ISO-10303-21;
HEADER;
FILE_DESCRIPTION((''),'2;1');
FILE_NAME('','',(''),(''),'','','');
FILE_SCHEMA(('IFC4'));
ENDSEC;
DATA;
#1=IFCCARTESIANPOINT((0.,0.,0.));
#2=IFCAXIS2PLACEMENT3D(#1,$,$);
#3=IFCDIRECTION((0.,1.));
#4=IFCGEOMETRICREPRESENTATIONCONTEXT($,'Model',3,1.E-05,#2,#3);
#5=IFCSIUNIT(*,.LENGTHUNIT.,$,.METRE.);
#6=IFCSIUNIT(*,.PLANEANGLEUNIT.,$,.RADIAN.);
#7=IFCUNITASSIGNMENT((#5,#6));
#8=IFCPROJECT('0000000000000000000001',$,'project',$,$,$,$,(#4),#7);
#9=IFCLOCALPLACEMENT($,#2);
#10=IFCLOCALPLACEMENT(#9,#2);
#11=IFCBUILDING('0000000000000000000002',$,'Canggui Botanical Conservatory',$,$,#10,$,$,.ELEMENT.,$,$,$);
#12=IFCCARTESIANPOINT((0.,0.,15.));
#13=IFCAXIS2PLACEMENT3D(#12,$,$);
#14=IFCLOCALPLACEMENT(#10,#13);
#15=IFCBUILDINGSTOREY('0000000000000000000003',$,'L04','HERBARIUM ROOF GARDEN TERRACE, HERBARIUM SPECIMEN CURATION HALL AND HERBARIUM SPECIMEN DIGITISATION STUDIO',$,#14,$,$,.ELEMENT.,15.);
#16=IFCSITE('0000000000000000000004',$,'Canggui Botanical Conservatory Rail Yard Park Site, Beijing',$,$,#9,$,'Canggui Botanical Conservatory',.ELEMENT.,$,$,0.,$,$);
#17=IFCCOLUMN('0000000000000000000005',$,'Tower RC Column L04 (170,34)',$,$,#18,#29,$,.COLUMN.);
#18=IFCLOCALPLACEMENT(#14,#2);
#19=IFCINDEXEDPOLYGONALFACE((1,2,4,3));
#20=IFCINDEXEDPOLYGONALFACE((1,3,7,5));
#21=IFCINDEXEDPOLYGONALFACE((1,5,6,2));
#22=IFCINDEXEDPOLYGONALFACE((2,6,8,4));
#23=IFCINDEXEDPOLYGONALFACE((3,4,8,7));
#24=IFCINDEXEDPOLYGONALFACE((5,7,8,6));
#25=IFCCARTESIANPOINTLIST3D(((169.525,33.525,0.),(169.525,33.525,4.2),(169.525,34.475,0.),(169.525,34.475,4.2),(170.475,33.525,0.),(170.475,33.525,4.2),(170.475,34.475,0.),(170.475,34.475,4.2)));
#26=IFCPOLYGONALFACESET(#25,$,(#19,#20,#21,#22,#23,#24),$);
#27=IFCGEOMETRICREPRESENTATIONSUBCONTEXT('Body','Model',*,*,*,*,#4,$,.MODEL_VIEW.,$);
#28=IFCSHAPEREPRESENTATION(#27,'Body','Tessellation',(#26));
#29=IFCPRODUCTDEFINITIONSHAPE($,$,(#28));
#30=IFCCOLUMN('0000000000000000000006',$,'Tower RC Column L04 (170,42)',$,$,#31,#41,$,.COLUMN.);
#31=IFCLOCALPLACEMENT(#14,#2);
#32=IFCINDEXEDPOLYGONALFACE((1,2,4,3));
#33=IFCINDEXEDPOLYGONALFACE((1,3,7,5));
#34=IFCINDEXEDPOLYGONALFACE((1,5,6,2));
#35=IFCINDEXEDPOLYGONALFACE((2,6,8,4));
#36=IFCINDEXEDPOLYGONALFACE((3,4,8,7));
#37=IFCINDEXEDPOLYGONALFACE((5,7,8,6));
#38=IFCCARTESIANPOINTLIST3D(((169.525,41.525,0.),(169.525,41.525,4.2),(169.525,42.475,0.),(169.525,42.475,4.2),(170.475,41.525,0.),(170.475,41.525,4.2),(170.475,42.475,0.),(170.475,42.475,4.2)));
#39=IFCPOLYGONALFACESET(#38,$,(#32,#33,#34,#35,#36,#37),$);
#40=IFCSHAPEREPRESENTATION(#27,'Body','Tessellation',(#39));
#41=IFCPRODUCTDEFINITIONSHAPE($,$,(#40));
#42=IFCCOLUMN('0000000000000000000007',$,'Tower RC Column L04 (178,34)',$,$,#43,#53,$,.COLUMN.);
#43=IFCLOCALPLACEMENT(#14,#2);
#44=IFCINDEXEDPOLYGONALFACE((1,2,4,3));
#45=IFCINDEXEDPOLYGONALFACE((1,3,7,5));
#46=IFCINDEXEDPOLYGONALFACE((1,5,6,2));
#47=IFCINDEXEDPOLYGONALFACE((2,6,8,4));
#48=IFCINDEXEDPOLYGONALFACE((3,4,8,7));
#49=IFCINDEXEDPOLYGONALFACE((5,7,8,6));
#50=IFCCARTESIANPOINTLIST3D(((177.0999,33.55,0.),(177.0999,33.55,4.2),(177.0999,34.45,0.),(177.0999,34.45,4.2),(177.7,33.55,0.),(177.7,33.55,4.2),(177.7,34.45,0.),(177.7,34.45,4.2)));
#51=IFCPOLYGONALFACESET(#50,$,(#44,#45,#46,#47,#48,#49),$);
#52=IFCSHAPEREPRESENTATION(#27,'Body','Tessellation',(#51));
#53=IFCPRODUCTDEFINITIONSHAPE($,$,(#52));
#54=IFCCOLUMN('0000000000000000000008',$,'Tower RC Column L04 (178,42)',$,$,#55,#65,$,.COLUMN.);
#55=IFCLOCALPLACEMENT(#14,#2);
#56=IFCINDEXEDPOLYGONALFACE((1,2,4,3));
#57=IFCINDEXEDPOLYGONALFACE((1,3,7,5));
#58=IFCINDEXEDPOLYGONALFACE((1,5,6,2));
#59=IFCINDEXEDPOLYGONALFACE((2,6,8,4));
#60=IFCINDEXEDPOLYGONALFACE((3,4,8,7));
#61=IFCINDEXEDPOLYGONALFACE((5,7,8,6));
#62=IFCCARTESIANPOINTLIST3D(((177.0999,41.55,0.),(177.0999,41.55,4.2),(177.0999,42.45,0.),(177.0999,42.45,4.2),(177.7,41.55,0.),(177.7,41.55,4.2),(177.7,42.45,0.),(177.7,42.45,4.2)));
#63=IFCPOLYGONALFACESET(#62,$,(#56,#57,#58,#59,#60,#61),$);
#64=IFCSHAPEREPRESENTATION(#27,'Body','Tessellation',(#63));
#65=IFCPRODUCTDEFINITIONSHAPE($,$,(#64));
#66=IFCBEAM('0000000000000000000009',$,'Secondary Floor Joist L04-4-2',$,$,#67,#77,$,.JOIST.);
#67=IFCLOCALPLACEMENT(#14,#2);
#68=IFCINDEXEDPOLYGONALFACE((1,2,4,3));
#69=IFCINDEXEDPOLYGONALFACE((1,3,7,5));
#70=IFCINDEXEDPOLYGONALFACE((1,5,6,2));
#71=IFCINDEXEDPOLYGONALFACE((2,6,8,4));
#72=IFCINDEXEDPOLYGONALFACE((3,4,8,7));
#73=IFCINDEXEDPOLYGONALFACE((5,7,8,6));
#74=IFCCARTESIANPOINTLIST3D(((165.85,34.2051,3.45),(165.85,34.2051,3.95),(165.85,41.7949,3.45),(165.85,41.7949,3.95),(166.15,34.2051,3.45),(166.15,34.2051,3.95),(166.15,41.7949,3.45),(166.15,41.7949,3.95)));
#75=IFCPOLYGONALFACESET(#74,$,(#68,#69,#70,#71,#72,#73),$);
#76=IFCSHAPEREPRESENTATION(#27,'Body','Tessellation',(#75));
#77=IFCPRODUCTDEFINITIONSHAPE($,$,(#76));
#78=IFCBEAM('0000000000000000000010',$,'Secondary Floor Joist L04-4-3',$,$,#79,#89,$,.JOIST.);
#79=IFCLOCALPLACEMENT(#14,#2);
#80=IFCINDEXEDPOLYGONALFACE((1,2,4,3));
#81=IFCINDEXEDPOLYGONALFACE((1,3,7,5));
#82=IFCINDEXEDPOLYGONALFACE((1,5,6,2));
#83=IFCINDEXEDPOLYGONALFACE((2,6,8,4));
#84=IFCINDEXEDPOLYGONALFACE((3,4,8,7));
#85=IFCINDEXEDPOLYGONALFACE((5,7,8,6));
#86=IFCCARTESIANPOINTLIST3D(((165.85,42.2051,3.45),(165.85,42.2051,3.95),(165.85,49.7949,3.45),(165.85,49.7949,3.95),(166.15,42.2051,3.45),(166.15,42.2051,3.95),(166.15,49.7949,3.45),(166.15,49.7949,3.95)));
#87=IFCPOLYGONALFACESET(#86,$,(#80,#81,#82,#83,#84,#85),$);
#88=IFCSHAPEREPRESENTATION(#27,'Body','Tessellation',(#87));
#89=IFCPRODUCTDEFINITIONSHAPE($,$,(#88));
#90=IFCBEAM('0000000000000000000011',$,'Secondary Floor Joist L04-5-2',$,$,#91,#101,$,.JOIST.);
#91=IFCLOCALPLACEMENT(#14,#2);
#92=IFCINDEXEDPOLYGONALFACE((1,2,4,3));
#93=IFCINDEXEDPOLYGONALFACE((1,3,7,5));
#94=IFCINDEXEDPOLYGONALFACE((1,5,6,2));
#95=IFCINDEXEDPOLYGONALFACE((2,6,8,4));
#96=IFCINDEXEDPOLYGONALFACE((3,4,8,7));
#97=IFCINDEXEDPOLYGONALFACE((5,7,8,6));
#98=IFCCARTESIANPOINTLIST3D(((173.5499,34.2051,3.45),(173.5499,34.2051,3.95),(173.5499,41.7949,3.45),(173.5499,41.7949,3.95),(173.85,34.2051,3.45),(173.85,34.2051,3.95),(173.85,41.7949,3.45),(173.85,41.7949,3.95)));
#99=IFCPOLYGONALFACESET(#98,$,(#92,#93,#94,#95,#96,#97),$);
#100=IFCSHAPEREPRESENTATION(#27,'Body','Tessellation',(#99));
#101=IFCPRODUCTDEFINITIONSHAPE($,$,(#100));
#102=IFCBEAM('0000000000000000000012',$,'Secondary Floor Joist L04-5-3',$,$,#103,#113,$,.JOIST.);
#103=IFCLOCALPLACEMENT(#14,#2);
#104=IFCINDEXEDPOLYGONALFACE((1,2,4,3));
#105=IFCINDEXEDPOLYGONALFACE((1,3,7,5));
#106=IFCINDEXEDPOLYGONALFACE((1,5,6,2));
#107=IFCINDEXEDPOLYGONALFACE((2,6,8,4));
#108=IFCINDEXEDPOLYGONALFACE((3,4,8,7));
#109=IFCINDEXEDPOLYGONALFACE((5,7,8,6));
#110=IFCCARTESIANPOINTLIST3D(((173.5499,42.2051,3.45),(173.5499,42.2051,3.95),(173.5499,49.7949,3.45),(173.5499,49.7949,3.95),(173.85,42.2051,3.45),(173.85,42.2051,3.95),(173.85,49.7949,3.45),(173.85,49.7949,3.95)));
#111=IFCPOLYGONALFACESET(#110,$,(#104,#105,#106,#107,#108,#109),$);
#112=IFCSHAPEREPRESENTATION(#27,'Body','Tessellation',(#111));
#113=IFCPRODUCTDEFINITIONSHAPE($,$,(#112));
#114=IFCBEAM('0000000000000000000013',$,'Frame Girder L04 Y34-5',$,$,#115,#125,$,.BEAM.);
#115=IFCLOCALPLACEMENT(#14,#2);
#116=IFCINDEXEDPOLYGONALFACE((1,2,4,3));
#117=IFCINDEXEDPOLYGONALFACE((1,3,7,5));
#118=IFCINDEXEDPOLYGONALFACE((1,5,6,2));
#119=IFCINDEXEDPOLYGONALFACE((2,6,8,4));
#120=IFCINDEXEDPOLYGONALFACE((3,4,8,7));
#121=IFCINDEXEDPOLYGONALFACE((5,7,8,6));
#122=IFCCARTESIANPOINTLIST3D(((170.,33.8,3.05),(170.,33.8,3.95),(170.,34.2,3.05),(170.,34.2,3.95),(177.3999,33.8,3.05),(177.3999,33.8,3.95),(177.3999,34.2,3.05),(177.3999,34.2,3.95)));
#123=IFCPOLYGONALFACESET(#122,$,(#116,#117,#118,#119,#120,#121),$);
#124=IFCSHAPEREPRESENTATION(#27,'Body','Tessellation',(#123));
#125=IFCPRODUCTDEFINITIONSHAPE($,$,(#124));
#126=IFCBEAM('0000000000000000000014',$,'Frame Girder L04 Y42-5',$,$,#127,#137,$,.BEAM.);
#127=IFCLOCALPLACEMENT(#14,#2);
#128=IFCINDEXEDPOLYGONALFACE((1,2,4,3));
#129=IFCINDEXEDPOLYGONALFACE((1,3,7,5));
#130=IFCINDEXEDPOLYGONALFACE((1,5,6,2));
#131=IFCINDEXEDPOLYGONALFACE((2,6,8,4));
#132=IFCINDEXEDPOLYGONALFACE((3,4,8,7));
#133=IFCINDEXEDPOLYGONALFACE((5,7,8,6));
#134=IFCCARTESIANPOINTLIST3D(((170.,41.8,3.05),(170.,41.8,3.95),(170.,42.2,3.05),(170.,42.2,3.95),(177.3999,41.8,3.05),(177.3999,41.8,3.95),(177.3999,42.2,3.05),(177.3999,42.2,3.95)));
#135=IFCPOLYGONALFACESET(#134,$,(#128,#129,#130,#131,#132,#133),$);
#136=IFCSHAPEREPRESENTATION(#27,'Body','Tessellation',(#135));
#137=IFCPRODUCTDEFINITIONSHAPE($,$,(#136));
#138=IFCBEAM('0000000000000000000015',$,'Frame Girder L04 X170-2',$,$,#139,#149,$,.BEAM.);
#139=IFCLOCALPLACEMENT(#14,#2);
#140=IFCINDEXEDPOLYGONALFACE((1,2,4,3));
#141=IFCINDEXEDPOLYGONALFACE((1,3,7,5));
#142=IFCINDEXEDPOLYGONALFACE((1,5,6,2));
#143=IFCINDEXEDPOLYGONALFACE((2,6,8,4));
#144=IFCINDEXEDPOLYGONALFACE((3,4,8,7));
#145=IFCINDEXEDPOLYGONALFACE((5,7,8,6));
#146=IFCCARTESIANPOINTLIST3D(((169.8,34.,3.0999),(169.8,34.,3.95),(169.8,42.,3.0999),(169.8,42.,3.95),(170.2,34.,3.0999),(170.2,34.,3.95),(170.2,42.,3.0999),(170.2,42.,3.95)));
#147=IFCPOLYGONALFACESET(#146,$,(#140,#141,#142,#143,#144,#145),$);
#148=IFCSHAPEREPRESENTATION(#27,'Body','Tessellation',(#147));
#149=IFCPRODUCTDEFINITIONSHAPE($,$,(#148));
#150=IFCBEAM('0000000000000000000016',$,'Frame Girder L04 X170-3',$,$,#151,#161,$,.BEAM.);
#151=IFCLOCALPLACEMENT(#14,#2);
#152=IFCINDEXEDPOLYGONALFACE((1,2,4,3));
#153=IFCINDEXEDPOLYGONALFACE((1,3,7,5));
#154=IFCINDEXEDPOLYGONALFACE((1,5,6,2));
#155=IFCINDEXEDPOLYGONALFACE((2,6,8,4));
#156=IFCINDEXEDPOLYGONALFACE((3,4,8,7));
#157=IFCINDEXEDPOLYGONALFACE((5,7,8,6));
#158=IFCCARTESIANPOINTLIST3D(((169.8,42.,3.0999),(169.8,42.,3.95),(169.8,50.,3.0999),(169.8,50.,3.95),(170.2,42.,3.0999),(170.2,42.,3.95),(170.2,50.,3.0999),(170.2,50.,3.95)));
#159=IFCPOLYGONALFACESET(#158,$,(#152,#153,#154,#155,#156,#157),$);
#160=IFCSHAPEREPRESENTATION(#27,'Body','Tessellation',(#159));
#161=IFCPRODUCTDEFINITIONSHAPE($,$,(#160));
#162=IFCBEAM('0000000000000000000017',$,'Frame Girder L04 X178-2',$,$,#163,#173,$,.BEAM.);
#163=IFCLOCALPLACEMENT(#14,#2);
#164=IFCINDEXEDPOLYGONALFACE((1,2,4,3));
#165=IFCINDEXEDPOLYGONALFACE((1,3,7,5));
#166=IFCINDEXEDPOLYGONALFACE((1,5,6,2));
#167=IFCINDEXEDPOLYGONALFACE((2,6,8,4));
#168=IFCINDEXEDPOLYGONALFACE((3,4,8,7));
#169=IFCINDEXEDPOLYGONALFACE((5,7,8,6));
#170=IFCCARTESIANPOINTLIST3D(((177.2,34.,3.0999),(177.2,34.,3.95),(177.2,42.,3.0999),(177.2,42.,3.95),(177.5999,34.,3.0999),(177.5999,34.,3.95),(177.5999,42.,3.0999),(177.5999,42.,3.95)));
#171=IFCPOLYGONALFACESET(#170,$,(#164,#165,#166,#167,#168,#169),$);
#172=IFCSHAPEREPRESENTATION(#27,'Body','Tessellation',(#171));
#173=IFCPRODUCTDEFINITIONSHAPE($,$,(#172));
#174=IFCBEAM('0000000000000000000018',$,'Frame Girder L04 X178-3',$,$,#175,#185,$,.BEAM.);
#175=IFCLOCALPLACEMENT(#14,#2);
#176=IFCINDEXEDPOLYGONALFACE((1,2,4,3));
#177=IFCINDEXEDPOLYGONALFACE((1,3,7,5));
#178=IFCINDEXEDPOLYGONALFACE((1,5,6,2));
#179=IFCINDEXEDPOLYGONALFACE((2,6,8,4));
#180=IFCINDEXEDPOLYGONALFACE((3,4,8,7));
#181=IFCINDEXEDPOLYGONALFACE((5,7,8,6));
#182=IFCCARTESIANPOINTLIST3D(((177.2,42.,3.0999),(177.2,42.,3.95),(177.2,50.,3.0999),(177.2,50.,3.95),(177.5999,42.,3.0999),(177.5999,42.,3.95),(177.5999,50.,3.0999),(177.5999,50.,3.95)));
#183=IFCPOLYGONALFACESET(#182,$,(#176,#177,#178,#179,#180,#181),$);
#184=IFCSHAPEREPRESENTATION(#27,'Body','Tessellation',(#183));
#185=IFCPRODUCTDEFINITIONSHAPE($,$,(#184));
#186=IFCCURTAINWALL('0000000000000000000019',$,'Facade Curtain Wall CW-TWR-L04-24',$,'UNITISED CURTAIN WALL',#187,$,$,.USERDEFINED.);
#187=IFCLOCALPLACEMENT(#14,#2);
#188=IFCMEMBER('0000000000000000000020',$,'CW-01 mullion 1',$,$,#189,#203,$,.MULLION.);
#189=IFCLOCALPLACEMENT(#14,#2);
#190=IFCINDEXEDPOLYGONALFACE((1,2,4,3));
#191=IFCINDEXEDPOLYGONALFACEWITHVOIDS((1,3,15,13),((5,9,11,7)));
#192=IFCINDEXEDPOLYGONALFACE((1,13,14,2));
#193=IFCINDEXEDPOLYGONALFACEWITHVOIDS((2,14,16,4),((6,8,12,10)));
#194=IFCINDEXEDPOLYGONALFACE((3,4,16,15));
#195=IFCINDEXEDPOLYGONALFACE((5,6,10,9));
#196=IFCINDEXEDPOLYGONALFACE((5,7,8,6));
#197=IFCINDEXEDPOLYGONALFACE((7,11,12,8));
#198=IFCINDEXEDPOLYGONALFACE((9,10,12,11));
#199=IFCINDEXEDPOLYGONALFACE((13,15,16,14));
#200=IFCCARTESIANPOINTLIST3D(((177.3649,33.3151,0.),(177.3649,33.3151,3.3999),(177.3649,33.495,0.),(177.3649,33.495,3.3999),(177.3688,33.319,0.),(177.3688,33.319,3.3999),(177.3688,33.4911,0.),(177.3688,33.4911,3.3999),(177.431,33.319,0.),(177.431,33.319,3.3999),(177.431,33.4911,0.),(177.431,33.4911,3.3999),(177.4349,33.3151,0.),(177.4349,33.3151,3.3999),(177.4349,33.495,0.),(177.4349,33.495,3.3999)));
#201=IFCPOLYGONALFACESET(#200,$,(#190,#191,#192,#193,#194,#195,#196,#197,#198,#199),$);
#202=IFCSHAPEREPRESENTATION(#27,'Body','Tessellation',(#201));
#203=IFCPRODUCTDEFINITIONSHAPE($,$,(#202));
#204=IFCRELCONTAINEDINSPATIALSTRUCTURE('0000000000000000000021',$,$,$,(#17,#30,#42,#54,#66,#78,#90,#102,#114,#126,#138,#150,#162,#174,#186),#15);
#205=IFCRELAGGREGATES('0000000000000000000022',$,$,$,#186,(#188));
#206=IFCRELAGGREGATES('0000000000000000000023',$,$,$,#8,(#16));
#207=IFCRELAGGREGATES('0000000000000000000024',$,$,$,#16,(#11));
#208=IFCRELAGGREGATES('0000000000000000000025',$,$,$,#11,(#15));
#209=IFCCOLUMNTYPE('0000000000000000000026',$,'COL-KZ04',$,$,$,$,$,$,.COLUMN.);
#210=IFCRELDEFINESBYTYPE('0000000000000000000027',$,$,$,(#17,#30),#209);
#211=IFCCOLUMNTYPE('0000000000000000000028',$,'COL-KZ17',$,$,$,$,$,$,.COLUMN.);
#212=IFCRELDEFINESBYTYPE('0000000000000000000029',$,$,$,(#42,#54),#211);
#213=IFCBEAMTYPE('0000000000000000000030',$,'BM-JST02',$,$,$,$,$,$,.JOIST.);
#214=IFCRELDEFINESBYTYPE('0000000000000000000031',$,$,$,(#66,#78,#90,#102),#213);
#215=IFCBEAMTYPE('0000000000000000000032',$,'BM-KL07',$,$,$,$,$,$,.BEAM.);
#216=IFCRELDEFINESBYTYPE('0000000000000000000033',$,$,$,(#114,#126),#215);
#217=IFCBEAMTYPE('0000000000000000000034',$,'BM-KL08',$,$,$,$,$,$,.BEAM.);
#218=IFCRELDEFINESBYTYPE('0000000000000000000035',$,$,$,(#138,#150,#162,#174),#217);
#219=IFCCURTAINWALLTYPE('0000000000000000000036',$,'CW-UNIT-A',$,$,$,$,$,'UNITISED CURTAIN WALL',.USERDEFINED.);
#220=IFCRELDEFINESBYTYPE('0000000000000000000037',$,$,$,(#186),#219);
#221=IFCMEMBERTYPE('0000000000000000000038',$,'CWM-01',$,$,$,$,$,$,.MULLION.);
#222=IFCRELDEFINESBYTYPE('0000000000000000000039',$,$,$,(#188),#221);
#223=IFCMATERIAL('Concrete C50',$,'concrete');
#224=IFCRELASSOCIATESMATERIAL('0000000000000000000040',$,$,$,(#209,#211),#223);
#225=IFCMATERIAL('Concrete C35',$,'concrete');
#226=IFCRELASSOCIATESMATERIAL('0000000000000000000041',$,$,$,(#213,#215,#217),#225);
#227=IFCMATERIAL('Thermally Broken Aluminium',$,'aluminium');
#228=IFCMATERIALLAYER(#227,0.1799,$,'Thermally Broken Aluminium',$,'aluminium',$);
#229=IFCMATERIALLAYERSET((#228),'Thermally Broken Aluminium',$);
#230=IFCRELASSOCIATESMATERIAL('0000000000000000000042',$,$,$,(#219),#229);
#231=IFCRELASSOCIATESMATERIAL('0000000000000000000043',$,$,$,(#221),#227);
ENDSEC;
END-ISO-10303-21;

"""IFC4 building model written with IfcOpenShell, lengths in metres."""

from ifc_helpers import new_model, si_unit, direction, frame, origin, origin_2d, place, context, subcontext, project, spatial, rectangle, hollow_rectangle, extrude, material, layer, layer_set, material_profile, profile_set, type_object, element, aggregate, save


model = new_model("IFC4")

# Units and contexts
model_context = context("Model", 3, precision=1e-05, world=origin(), true_north=direction((0.0, 1.0)))
body_context = subcontext(model_context, "Body", "Model", "MODEL_VIEW")
ifc_project = project(units=[si_unit("LENGTHUNIT", "METRE"), si_unit("PLANEANGLEUNIT", "RADIAN")], contexts=[model_context])

# Site, building, storey
site_placement = place(None, origin())
site = spatial("IfcSite", under=ifc_project, at=site_placement, Name="Canggui Botanical Conservatory Rail Yard Park Site, Beijing", LongName="Canggui Botanical Conservatory", CompositionType="ELEMENT", RefElevation=0.0)
building_placement = place(site_placement, origin())
building = spatial("IfcBuilding", under=site, at=building_placement, Name="Canggui Botanical Conservatory", CompositionType="ELEMENT")
storey_placement = place(building_placement, frame((0.0, 0.0, 15.0)))
storey = spatial("IfcBuildingStorey", under=building, at=storey_placement, Name="L04", Description="HERBARIUM ROOF GARDEN TERRACE, HERBARIUM SPECIMEN CURATION HALL AND HERBARIUM SPECIMEN DIGITISATION STUDIO", CompositionType="ELEMENT", Elevation=15.0)

# Columns
ifc_material_1 = material(Name="Concrete C50", Category="concrete")
ifc_material_profile_1 = material_profile(ifc_material_1, rectangle(XDim=0.95, YDim=0.95, at=origin_2d()), Name="RC 950x950")
ifc_profile_set_1 = profile_set([ifc_material_profile_1], Name="Concrete C50")
column_type_1 = type_object("IfcColumnType", Name="COL-KZ04", PredefinedType="COLUMN", material=ifc_profile_set_1)
for number, where, z_axis, x_axis, name in (
    (1, (170.0, 34.0, 0.0), (0.0, 0.0, 1.0), (1.0, 0.0, 0.0), "Tower RC Column L04 (170,34)"),
    (2, (170.0, 42.0, 0.0), (0.0, 0.0, 1.0), (1.0, 0.0, 0.0), "Tower RC Column L04 (170,42)"),
):
    element("IfcColumn", number, at=place(storey_placement, frame(where, z_axis=z_axis, x_axis=x_axis)), inside=storey, type_object=column_type_1, Name=name, PredefinedType="COLUMN", context=body_context, shape_type="SweptSolid", body=[
        extrude(rectangle(XDim=0.95, YDim=0.95, at=origin_2d()), origin(), (0.0, 0.0, 1.0), 4.2),
    ])
ifc_material_profile_2 = material_profile(ifc_material_1, rectangle(XDim=0.6001, YDim=0.8999, at=origin_2d()), Name="RC 600x900")
ifc_profile_set_2 = profile_set([ifc_material_profile_2], Name="Concrete C50")
column_type_2 = type_object("IfcColumnType", Name="COL-KZ17", PredefinedType="COLUMN", material=ifc_profile_set_2)
for number, where, z_axis, x_axis, name in (
    (3, (177.3999, 34.0, 0.0), (0.0, 0.0, 1.0), (1.0, 0.0, 0.0), "Tower RC Column L04 (178,34)"),
    (4, (177.3999, 42.0, 0.0), (0.0, 0.0, 1.0), (1.0, 0.0, 0.0), "Tower RC Column L04 (178,42)"),
):
    element("IfcColumn", number, at=place(storey_placement, frame(where, z_axis=z_axis, x_axis=x_axis)), inside=storey, type_object=column_type_2, Name=name, PredefinedType="COLUMN", context=body_context, shape_type="SweptSolid", body=[
        extrude(rectangle(XDim=0.6001, YDim=0.8999, at=origin_2d()), origin(), (0.0, 0.0, 1.0), 4.2),
    ])

# Beams
ifc_material_2 = material(Name="Concrete C35", Category="concrete")
ifc_material_profile_3 = material_profile(ifc_material_2, rectangle(XDim=0.3, YDim=0.5, at=origin_2d()), Name="RB 300x500")
ifc_profile_set_3 = profile_set([ifc_material_profile_3], Name="Concrete C35")
beam_type_1 = type_object("IfcBeamType", Name="BM-JST02", PredefinedType="JOIST", material=ifc_profile_set_3)
for number, where, z_axis, x_axis, name in (
    (5, (166.0, 34.2051, 3.7), (0.0, 1.0, 0.0), (-1.0, 0.0, 0.0), "Secondary Floor Joist L04-4-2"),
    (6, (166.0, 42.2051, 3.7), (0.0, 1.0, 0.0), (-1.0, 0.0, 0.0), "Secondary Floor Joist L04-4-3"),
    (7, (173.7, 34.2051, 3.7), (0.0, 1.0, 0.0), (-1.0, 0.0, 0.0), "Secondary Floor Joist L04-5-2"),
    (8, (173.7, 42.2051, 3.7), (0.0, 1.0, 0.0), (-1.0, 0.0, 0.0), "Secondary Floor Joist L04-5-3"),
):
    element("IfcBeam", number, at=place(storey_placement, frame(where, z_axis=z_axis, x_axis=x_axis)), inside=storey, type_object=beam_type_1, Name=name, PredefinedType="JOIST", context=body_context, shape_type="SweptSolid", body=[
        extrude(rectangle(XDim=0.3, YDim=0.5, at=origin_2d()), origin(), (0.0, 0.0, 1.0), 7.5898),
    ])
ifc_material_profile_4 = material_profile(ifc_material_2, rectangle(XDim=0.3999, YDim=0.8999, at=origin_2d()), Name="RB 400x900")
ifc_profile_set_4 = profile_set([ifc_material_profile_4], Name="Concrete C35")
beam_type_2 = type_object("IfcBeamType", Name="BM-KL07", PredefinedType="BEAM", material=ifc_profile_set_4)
for number, where, z_axis, x_axis, name in (
    (9, (170.0, 34.0, 3.5), (1.0, 0.0, 0.0), (0.0, 1.0, 0.0), "Frame Girder L04 Y34-5"),
    (10, (170.0, 42.0, 3.5), (1.0, 0.0, 0.0), (0.0, 1.0, 0.0), "Frame Girder L04 Y42-5"),
):
    element("IfcBeam", number, at=place(storey_placement, frame(where, z_axis=z_axis, x_axis=x_axis)), inside=storey, type_object=beam_type_2, Name=name, PredefinedType="BEAM", context=body_context, shape_type="SweptSolid", body=[
        extrude(rectangle(XDim=0.3999, YDim=0.8999, at=origin_2d()), origin(), (0.0, 0.0, 1.0), 7.3999),
    ])
ifc_material_profile_5 = material_profile(ifc_material_2, rectangle(XDim=0.3999, YDim=0.8501, at=origin_2d()), Name="RB 400x850")
ifc_profile_set_5 = profile_set([ifc_material_profile_5], Name="Concrete C35")
beam_type_3 = type_object("IfcBeamType", Name="BM-KL08", PredefinedType="BEAM", material=ifc_profile_set_5)
for number, where, z_axis, x_axis, name in (
    (11, (170.0, 34.0, 3.5249), (0.0, 1.0, 0.0), (-1.0, 0.0, 0.0), "Frame Girder L04 X170-2"),
    (12, (170.0, 42.0, 3.5249), (0.0, 1.0, 0.0), (-1.0, 0.0, 0.0), "Frame Girder L04 X170-3"),
    (13, (177.3999, 34.0, 3.5249), (0.0, 1.0, 0.0), (-1.0, 0.0, 0.0), "Frame Girder L04 X178-2"),
    (14, (177.3999, 42.0, 3.5249), (0.0, 1.0, 0.0), (-1.0, 0.0, 0.0), "Frame Girder L04 X178-3"),
):
    element("IfcBeam", number, at=place(storey_placement, frame(where, z_axis=z_axis, x_axis=x_axis)), inside=storey, type_object=beam_type_3, Name=name, PredefinedType="BEAM", context=body_context, shape_type="SweptSolid", body=[
        extrude(rectangle(XDim=0.3999, YDim=0.8501, at=origin_2d()), origin(), (0.0, 0.0, 1.0), 8.0),
    ])

# Curtain wall, member
ifc_material_3 = material(Name="Thermally Broken Aluminium", Category="aluminium")
ifc_layer_1 = layer(ifc_material_3, 0.1799, Name="Thermally Broken Aluminium", Category="aluminium")
ifc_layer_set_1 = layer_set([ifc_layer_1], Name="Thermally Broken Aluminium")
curtain_wall_type = type_object("IfcCurtainWallType", Name="CW-UNIT-A", ElementType="UNITISED CURTAIN WALL", PredefinedType="USERDEFINED", material=ifc_layer_set_1)
curtain_wall_placement = place(storey_placement, origin())
curtain_wall = element("IfcCurtainWall", 15, at=curtain_wall_placement, inside=storey, type_object=curtain_wall_type, Name="Facade Curtain Wall CW-TWR-L04-24", ObjectType="UNITISED CURTAIN WALL", PredefinedType="USERDEFINED")
ifc_material_profile_6 = material_profile(ifc_material_3, hollow_rectangle(XDim=0.0701, YDim=0.1799, WallThickness=0.0039, at=origin_2d()), Name="CWM 70x180x4")
ifc_profile_set_6 = profile_set([ifc_material_profile_6], Name="Thermally Broken Aluminium")
member_type_1 = type_object("IfcMemberType", Name="CWM-01", PredefinedType="MULLION", material=ifc_profile_set_6)
member_1_placement = place(storey_placement, frame((177.3999, 33.405, 0.0), z_axis=(0.0, 0.0, 1.0), x_axis=(1.0, 0.0, 0.0)))
member_1 = element("IfcMember", 16, at=member_1_placement, type_object=member_type_1, Name="CW-01 mullion 1", PredefinedType="MULLION", context=body_context, shape_type="SweptSolid", body=[
    extrude(hollow_rectangle(XDim=0.0701, YDim=0.1799, WallThickness=0.0039, at=origin_2d()), origin(), (0.0, 0.0, 1.0), 3.3999),
])
aggregate(curtain_wall, [member_1])

save(model, "model.ifc")
